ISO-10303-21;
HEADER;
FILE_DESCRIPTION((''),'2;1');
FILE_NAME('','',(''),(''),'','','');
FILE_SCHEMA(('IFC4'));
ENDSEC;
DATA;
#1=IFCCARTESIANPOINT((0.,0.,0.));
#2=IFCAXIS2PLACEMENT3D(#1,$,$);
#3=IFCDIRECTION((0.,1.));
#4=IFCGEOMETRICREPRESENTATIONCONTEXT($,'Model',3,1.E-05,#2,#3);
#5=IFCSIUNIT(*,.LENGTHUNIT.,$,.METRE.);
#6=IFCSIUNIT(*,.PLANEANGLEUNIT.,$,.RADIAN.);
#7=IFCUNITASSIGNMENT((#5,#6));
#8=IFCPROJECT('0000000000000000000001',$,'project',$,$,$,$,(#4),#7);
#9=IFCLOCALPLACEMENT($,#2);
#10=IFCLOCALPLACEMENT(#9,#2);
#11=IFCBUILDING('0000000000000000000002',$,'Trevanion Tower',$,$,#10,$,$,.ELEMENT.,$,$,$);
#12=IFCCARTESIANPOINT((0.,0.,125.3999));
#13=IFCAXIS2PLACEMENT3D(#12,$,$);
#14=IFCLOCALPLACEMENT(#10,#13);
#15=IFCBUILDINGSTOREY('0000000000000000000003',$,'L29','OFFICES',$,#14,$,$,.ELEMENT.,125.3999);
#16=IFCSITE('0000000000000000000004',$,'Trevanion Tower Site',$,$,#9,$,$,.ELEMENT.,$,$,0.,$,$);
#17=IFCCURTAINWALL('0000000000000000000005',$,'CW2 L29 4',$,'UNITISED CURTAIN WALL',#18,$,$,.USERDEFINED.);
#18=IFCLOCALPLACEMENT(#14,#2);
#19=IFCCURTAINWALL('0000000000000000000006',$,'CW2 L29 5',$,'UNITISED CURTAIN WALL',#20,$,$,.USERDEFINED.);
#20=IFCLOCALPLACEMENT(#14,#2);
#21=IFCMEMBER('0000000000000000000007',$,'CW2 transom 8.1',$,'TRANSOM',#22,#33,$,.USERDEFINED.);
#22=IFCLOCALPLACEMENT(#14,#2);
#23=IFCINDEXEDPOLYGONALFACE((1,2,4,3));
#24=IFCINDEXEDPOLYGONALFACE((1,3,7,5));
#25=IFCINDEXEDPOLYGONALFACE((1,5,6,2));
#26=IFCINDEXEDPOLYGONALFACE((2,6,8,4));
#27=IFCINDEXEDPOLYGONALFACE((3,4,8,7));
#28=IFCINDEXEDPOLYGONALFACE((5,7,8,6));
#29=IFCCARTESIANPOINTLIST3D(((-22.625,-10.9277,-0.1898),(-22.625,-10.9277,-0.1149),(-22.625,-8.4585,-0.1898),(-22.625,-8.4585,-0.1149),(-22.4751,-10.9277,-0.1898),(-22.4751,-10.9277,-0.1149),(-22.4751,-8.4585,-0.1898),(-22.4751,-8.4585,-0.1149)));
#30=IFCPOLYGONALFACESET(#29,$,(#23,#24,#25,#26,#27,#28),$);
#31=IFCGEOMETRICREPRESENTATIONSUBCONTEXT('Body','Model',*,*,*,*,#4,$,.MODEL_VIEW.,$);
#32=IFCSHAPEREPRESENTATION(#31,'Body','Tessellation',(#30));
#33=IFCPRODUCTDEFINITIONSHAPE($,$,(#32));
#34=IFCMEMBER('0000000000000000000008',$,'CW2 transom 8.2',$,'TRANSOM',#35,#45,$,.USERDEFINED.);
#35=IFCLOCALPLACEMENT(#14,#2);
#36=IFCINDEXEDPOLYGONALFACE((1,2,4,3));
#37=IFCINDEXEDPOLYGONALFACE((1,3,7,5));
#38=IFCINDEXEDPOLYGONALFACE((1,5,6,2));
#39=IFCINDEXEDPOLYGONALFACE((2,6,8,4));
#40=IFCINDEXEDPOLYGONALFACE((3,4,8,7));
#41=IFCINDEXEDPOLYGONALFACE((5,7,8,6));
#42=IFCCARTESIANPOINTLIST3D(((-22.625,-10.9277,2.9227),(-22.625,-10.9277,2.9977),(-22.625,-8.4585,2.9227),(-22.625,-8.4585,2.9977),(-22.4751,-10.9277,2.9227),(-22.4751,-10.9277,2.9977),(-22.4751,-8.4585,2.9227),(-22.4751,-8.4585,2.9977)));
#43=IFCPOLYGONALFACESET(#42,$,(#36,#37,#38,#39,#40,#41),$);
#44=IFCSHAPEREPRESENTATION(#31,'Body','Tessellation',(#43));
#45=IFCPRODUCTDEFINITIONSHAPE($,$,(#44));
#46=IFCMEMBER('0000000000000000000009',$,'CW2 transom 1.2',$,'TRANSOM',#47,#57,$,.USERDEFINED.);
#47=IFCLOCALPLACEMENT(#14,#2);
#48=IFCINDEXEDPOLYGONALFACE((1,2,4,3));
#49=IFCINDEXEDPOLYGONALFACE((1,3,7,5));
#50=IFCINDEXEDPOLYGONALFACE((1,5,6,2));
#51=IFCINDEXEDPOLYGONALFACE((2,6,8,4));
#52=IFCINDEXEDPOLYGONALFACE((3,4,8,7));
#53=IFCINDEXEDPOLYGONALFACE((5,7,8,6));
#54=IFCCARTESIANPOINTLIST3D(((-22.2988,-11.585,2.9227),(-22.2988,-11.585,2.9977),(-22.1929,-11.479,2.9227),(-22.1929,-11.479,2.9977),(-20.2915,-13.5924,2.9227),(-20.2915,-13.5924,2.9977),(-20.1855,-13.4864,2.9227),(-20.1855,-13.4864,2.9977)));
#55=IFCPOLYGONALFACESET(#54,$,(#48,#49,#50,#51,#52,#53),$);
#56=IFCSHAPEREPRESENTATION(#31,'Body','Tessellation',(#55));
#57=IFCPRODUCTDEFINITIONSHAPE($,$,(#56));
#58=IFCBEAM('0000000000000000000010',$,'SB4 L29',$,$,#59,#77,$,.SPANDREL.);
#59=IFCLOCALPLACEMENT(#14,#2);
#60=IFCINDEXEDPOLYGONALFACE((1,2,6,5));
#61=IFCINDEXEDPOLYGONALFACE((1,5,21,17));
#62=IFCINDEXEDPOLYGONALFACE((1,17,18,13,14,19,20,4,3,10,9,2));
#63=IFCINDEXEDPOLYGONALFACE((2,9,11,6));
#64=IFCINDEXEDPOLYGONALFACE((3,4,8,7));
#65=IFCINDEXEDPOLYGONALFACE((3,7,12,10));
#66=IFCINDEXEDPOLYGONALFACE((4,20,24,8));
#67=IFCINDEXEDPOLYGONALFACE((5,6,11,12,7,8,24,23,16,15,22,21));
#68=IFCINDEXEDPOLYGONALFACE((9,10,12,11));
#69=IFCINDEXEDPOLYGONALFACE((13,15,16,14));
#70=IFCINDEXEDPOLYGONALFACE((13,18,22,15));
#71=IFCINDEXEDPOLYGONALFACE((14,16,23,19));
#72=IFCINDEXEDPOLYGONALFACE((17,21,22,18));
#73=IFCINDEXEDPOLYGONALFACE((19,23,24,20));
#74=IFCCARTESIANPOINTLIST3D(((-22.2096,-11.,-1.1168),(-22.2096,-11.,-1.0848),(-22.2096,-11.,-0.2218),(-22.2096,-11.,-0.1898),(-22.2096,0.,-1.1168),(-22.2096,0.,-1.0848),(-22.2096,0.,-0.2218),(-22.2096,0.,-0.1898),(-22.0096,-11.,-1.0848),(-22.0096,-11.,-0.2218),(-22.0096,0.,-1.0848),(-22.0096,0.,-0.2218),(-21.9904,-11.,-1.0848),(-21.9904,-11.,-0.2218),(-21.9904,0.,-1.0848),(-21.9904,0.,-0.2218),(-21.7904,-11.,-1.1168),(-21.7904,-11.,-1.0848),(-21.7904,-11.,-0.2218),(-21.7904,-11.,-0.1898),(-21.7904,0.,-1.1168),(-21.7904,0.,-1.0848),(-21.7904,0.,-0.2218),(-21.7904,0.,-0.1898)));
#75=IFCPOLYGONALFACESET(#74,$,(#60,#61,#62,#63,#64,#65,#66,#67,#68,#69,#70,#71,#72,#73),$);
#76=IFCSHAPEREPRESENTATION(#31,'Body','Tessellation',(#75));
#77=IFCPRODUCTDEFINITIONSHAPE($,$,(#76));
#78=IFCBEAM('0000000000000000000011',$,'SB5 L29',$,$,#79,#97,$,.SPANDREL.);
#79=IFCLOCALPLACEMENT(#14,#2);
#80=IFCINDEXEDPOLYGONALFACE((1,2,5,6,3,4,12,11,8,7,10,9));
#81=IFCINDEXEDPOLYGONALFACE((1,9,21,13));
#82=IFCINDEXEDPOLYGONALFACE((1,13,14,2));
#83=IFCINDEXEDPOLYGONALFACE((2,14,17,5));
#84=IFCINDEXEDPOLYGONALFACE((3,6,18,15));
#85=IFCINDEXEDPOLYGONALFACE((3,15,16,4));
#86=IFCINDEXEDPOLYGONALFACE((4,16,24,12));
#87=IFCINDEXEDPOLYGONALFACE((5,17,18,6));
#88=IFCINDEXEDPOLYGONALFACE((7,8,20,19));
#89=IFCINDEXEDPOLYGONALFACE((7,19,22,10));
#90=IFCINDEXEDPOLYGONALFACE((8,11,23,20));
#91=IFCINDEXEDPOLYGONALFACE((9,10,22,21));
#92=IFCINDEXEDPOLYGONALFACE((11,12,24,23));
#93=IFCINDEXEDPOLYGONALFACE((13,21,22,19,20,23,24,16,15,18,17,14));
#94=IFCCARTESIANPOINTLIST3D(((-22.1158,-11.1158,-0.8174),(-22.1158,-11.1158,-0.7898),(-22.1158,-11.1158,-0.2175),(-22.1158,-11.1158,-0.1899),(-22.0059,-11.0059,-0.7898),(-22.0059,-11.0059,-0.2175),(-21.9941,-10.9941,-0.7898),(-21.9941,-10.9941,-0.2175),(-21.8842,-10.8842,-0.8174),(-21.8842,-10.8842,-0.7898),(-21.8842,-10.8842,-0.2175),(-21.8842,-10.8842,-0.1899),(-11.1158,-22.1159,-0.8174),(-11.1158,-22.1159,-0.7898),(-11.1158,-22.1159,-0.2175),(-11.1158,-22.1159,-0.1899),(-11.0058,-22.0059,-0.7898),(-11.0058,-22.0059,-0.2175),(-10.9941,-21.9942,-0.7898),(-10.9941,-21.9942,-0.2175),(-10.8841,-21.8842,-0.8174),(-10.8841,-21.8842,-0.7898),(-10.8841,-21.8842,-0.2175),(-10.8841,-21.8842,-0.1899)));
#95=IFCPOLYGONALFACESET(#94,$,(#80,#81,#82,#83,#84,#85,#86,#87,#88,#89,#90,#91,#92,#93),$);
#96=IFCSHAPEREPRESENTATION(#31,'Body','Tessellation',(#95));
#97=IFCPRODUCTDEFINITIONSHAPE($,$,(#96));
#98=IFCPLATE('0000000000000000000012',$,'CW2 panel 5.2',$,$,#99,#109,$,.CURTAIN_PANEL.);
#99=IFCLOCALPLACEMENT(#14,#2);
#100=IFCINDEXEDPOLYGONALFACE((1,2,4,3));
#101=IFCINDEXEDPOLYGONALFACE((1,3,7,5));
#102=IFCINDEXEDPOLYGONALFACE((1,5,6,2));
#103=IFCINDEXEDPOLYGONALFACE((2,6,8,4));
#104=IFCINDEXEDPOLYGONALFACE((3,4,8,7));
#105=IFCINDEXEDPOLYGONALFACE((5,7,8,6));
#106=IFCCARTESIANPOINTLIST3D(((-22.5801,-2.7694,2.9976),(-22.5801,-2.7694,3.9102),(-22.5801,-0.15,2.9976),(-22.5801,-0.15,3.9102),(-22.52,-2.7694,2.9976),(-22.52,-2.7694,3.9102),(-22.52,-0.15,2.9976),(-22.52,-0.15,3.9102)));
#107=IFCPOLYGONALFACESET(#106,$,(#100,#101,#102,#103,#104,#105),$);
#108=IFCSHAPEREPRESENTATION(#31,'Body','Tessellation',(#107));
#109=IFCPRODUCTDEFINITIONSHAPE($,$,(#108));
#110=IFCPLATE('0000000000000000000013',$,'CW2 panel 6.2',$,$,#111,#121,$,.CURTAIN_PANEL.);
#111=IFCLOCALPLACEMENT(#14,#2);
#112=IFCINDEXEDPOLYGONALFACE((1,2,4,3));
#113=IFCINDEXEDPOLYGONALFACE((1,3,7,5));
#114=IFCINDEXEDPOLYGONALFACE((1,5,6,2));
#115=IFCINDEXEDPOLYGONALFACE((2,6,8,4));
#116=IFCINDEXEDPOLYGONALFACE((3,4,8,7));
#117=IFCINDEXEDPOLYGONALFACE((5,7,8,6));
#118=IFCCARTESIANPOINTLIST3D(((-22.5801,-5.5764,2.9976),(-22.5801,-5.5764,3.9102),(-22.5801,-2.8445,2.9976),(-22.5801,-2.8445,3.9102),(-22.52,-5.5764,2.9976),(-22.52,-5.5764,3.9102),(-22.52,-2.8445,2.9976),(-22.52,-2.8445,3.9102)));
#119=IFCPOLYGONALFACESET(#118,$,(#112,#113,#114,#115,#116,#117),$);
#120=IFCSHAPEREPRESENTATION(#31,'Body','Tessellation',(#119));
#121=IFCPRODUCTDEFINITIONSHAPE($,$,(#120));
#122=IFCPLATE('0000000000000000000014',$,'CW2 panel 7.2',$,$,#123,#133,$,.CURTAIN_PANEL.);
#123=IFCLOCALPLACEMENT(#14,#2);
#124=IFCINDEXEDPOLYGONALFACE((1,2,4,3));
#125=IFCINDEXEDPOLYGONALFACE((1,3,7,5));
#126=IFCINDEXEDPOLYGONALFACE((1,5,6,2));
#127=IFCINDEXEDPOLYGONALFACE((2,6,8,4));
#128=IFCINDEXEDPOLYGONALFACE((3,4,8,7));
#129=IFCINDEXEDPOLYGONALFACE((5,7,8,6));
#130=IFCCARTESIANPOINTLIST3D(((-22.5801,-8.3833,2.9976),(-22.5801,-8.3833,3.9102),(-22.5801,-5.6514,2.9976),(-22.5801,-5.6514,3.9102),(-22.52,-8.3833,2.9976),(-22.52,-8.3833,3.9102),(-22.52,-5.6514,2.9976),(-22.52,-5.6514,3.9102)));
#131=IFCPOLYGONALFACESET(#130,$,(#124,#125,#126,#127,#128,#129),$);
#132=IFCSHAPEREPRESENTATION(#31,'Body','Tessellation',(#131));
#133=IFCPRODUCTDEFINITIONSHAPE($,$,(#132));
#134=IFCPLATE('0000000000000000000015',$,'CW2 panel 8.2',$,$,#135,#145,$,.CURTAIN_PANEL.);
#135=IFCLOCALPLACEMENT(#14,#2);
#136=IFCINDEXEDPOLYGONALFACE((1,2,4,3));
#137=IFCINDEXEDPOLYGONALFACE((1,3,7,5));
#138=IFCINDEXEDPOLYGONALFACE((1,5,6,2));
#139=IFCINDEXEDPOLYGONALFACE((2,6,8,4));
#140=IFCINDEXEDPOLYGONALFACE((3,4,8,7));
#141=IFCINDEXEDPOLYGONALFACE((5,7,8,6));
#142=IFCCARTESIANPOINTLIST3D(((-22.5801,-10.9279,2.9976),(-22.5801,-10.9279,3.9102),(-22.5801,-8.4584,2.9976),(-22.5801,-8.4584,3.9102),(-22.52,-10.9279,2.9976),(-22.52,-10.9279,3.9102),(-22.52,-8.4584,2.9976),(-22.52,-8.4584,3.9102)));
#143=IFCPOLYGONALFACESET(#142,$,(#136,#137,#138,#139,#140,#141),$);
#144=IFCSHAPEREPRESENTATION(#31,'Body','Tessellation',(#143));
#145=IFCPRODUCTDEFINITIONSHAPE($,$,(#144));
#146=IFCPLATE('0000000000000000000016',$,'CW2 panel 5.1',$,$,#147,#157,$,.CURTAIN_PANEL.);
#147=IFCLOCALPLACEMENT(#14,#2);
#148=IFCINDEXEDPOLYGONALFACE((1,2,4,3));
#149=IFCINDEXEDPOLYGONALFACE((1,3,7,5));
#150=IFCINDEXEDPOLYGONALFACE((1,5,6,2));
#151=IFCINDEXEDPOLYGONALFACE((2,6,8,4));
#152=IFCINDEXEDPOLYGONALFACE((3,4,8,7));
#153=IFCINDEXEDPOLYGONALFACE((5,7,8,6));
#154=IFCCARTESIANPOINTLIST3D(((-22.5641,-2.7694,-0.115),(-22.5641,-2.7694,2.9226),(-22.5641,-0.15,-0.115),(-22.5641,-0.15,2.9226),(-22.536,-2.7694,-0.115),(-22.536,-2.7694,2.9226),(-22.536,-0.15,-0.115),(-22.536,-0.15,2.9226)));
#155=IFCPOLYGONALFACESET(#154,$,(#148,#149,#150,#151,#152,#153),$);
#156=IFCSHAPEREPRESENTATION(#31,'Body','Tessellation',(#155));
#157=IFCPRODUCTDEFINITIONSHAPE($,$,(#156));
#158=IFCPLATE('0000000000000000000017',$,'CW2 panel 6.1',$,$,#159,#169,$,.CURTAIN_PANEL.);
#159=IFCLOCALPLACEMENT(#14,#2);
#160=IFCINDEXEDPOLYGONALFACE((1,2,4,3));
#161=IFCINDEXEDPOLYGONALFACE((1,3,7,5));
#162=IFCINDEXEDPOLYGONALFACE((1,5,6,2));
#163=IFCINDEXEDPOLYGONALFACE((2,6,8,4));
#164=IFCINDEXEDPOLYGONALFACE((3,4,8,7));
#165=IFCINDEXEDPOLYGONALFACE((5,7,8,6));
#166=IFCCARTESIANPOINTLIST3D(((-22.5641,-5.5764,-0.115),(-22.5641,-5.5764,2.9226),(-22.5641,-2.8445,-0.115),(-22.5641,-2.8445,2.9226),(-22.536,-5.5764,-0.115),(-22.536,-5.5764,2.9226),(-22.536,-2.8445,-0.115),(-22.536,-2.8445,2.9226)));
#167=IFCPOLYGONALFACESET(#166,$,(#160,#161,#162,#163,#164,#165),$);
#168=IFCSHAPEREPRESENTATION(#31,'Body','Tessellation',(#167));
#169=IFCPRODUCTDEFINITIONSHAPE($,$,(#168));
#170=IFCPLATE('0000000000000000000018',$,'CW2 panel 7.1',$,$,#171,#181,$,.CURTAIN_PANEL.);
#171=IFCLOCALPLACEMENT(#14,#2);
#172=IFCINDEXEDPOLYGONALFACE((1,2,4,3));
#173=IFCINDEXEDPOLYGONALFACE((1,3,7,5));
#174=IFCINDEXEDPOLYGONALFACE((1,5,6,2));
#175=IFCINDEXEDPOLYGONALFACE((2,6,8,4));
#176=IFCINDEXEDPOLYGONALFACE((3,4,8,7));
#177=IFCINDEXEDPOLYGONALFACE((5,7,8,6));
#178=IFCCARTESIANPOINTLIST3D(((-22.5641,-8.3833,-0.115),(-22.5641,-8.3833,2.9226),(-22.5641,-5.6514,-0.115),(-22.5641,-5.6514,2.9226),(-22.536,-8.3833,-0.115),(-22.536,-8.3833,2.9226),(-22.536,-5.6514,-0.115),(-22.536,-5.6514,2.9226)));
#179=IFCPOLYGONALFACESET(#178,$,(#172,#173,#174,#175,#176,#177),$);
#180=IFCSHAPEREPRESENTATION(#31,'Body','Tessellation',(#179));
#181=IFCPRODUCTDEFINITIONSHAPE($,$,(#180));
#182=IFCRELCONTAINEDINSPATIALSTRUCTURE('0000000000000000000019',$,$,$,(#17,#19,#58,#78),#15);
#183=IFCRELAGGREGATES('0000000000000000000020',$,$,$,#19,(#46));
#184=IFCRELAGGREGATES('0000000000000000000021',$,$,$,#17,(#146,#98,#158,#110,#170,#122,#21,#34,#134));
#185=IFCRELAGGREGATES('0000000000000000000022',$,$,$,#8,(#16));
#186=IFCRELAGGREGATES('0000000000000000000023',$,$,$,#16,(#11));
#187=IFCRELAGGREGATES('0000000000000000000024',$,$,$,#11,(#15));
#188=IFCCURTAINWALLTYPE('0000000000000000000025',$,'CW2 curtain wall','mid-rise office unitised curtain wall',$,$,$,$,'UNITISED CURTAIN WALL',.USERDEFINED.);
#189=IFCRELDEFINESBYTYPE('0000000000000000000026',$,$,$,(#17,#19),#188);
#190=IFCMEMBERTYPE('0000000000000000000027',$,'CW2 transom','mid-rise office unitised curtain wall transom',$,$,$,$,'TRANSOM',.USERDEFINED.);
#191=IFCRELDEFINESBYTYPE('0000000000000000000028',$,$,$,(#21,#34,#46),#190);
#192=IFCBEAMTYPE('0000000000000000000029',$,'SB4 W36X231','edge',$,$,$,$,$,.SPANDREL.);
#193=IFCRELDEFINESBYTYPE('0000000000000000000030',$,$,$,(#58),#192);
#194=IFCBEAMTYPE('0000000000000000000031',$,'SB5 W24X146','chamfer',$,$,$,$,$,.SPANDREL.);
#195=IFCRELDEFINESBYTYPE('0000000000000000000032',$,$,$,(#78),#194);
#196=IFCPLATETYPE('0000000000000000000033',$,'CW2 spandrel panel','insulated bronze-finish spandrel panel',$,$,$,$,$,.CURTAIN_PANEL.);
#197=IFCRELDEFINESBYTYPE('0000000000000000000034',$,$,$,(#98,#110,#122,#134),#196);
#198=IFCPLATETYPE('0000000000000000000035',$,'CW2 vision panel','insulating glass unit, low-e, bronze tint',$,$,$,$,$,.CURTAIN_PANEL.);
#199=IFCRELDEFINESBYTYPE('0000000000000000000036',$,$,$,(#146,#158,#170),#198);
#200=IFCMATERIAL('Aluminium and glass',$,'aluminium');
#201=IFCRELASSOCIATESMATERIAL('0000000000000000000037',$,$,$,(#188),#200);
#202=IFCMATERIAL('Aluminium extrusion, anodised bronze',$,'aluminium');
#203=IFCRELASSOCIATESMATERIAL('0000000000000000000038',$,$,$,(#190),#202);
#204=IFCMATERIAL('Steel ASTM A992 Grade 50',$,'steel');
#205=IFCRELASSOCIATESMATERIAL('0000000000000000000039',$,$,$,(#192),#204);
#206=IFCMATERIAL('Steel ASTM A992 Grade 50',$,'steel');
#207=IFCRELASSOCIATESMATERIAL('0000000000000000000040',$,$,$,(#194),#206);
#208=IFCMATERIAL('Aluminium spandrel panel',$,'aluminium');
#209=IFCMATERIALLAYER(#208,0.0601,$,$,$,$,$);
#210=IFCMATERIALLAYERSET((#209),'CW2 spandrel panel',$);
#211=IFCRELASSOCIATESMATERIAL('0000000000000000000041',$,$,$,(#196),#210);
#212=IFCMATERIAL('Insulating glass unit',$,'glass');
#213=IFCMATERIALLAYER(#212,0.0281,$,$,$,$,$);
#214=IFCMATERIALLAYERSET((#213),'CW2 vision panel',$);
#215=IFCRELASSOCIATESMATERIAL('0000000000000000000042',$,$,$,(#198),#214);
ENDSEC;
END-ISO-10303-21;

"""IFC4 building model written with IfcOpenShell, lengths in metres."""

from ifc_helpers import new_model, si_unit, direction, frame, origin, origin_2d, place, context, subcontext, project, spatial, rectangle, i_section, extrude, material, layer, layer_set, material_profile, profile_set, type_object, element, aggregate, save


model = new_model("IFC4")

# Units and contexts
model_context = context("Model", 3, precision=1e-05, world=origin(), true_north=direction((0.0, 1.0)))
body_context = subcontext(model_context, "Body", "Model", "MODEL_VIEW")
ifc_project = project(units=[si_unit("LENGTHUNIT", "METRE"), si_unit("PLANEANGLEUNIT", "RADIAN")], contexts=[model_context])

# Site, building, storey
site_placement = place(None, origin())
site = spatial("IfcSite", under=ifc_project, at=site_placement, Name="Trevanion Tower Site", CompositionType="ELEMENT", RefElevation=0.0)
building_placement = place(site_placement, origin())
building = spatial("IfcBuilding", under=site, at=building_placement, Name="Trevanion Tower", CompositionType="ELEMENT")
storey_placement = place(building_placement, frame((0.0, 0.0, 125.3999)))
storey = spatial("IfcBuildingStorey", under=building, at=storey_placement, Name="L29", Description="OFFICES", CompositionType="ELEMENT", Elevation=125.3999)

# Curtain wall
ifc_material_1 = material(Name="Aluminium and glass", Category="aluminium")
curtain_wall_type = type_object("IfcCurtainWallType", Name="CW2 curtain wall", Description="mid-rise office unitised curtain wall", ElementType="UNITISED CURTAIN WALL", PredefinedType="USERDEFINED", material=ifc_material_1)
curtain_wall_1_placement = place(storey_placement, origin())
curtain_wall_1 = element("IfcCurtainWall", 1, at=curtain_wall_1_placement, inside=storey, type_object=curtain_wall_type, Name="CW2 L29 4", ObjectType="UNITISED CURTAIN WALL", PredefinedType="USERDEFINED")

# Curtain wall
curtain_wall_2_placement = place(storey_placement, origin())
curtain_wall_2 = element("IfcCurtainWall", 2, at=curtain_wall_2_placement, inside=storey, type_object=curtain_wall_type, Name="CW2 L29 5", ObjectType="UNITISED CURTAIN WALL", PredefinedType="USERDEFINED")

# Members
ifc_material_2 = material(Name="Aluminium extrusion, anodised bronze", Category="aluminium")
ifc_material_profile_1 = material_profile(ifc_material_2, rectangle(XDim=0.1499, YDim=0.075, at=origin_2d()), Name="CW2 transom")
ifc_profile_set_1 = profile_set([ifc_material_profile_1], Name="Aluminium extrusion, anodised bronze")
member_type_1 = type_object("IfcMemberType", Name="CW2 transom", Description="mid-rise office unitised curtain wall transom", ElementType="TRANSOM", PredefinedType="USERDEFINED", material=ifc_profile_set_1)
member_1_placement = place(storey_placement, frame((-22.55, -8.4585, -0.1523), z_axis=(0.0, -1.0, 0.0), x_axis=(1.0, 0.0, 0.0)))
member_1 = element("IfcMember", 3, at=member_1_placement, type_object=member_type_1, Name="CW2 transom 8.1", ObjectType="TRANSOM", PredefinedType="USERDEFINED", context=body_context, shape_type="SweptSolid", body=[
    extrude(rectangle(XDim=0.1499, YDim=0.075, at=origin_2d()), origin(), (0.0, 0.0, 1.0), 2.4692),
])
member_2_placement = place(storey_placement, frame((-22.55, -8.4585, 2.9602), z_axis=(0.0, -1.0, 0.0), x_axis=(1.0, 0.0, 0.0)))
member_2 = element("IfcMember", 4, at=member_2_placement, type_object=member_type_1, Name="CW2 transom 8.2", ObjectType="TRANSOM", PredefinedType="USERDEFINED", context=body_context, shape_type="SweptSolid", body=[
    extrude(rectangle(XDim=0.1499, YDim=0.075, at=origin_2d()), origin(), (0.0, 0.0, 1.0), 2.4692),
])
member_3_placement = place(storey_placement, frame((-22.2458, -11.532, 2.9602), z_axis=(0.707107, -0.707107, 0.0), x_axis=(0.707107, 0.707107, 0.0)))
member_3 = element("IfcMember", 5, at=member_3_placement, type_object=member_type_1, Name="CW2 transom 1.2", ObjectType="TRANSOM", PredefinedType="USERDEFINED", context=body_context, shape_type="SweptSolid", body=[
    extrude(rectangle(XDim=0.1499, YDim=0.075, at=origin_2d()), origin(), (0.0, 0.0, 1.0), 2.8389),
])
aggregate(curtain_wall_2, [member_3])

# Beams
ifc_material_3 = material(Name="Steel ASTM A992 Grade 50", Category="steel")
ifc_material_profile_2 = material_profile(ifc_material_3, i_section(OverallWidth=0.4192, OverallDepth=0.927, WebThickness=0.0193, FlangeThickness=0.032, at=origin_2d()), Name="W36X231")
ifc_profile_set_2 = profile_set([ifc_material_profile_2], Name="Steel ASTM A992 Grade 50")
beam_type_1 = type_object("IfcBeamType", Name="SB4 W36X231", Description="edge", PredefinedType="SPANDREL", material=ifc_profile_set_2)
beam_1_placement = place(storey_placement, frame((-22.0, 0.0, -0.6533), z_axis=(0.0, -1.0, 0.0), x_axis=(1.0, 0.0, 0.0)))
element("IfcBeam", 6, at=beam_1_placement, inside=storey, type_object=beam_type_1, Name="SB4 L29", PredefinedType="SPANDREL", context=body_context, shape_type="SweptSolid", body=[
    extrude(i_section(OverallWidth=0.4192, OverallDepth=0.927, WebThickness=0.0193, FlangeThickness=0.032, at=origin_2d()), origin(), (0.0, 0.0, 1.0), 11.0),
])
ifc_material_4 = material(Name="Steel ASTM A992 Grade 50", Category="steel")
ifc_material_profile_3 = material_profile(ifc_material_4, i_section(OverallWidth=0.3276, OverallDepth=0.6274, WebThickness=0.0166, FlangeThickness=0.0276, at=origin_2d()), Name="W24X146")
ifc_profile_set_3 = profile_set([ifc_material_profile_3], Name="Steel ASTM A992 Grade 50")
beam_type_2 = type_object("IfcBeamType", Name="SB5 W24X146", Description="chamfer", PredefinedType="SPANDREL", material=ifc_profile_set_3)
beam_2_placement = place(storey_placement, frame((-22.0, -11.0, -0.5037), z_axis=(0.707107, -0.707107, 0.0), x_axis=(0.707107, 0.707107, 0.0)))
element("IfcBeam", 7, at=beam_2_placement, inside=storey, type_object=beam_type_2, Name="SB5 L29", PredefinedType="SPANDREL", context=body_context, shape_type="SweptSolid", body=[
    extrude(i_section(OverallWidth=0.3276, OverallDepth=0.6274, WebThickness=0.0166, FlangeThickness=0.0276, at=origin_2d()), origin(), (0.0, 0.0, 1.0), 15.5564),
])

# Plates
ifc_material_5 = material(Name="Aluminium spandrel panel", Category="aluminium")
ifc_layer_1 = layer(ifc_material_5, 0.0601)
ifc_layer_set_1 = layer_set([ifc_layer_1], Name="CW2 spandrel panel")
plate_type_1 = type_object("IfcPlateType", Name="CW2 spandrel panel", Description="insulated bronze-finish spandrel panel", PredefinedType="CURTAIN_PANEL", material=ifc_layer_set_1)
plate_1_placement = place(storey_placement, frame((-22.55, -1.4597, 2.9976), z_axis=(0.0, 0.0, 1.0), x_axis=(0.0, -1.0, 0.0)))
plate_1 = element("IfcPlate", 8, at=plate_1_placement, type_object=plate_type_1, Name="CW2 panel 5.2", PredefinedType="CURTAIN_PANEL", context=body_context, shape_type="SweptSolid", body=[
    extrude(rectangle(XDim=2.6194, YDim=0.0601, at=origin_2d()), origin(), (0.0, 0.0, 1.0), 0.9126),
])
plate_2_placement = place(storey_placement, frame((-22.55, -4.2104, 2.9976), z_axis=(0.0, 0.0, 1.0), x_axis=(0.0, -1.0, 0.0)))
plate_2 = element("IfcPlate", 9, at=plate_2_placement, type_object=plate_type_1, Name="CW2 panel 6.2", PredefinedType="CURTAIN_PANEL", context=body_context, shape_type="SweptSolid", body=[
    extrude(rectangle(XDim=2.7319, YDim=0.0601, at=origin_2d()), origin(), (0.0, 0.0, 1.0), 0.9126),
])
plate_3_placement = place(storey_placement, frame((-22.55, -7.0173, 2.9976), z_axis=(0.0, 0.0, 1.0), x_axis=(0.0, -1.0, 0.0)))
plate_3 = element("IfcPlate", 10, at=plate_3_placement, type_object=plate_type_1, Name="CW2 panel 7.2", PredefinedType="CURTAIN_PANEL", context=body_context, shape_type="SweptSolid", body=[
    extrude(rectangle(XDim=2.7319, YDim=0.0601, at=origin_2d()), origin(), (0.0, 0.0, 1.0), 0.9126),
])
plate_4_placement = place(storey_placement, frame((-22.55, -9.6931, 2.9976), z_axis=(0.0, 0.0, 1.0), x_axis=(0.0, -1.0, 0.0)))
plate_4 = element("IfcPlate", 11, at=plate_4_placement, type_object=plate_type_1, Name="CW2 panel 8.2", PredefinedType="CURTAIN_PANEL", context=body_context, shape_type="SweptSolid", body=[
    extrude(rectangle(XDim=2.4695, YDim=0.0601, at=origin_2d()), origin(), (0.0, 0.0, 1.0), 0.9126),
])
ifc_material_6 = material(Name="Insulating glass unit", Category="glass")
ifc_layer_2 = layer(ifc_material_6, 0.0281)
ifc_layer_set_2 = layer_set([ifc_layer_2], Name="CW2 vision panel")
plate_type_2 = type_object("IfcPlateType", Name="CW2 vision panel", Description="insulating glass unit, low-e, bronze tint", PredefinedType="CURTAIN_PANEL", material=ifc_layer_set_2)
plate_5_placement = place(storey_placement, frame((-22.55, -1.4597, -0.115), z_axis=(0.0, 0.0, 1.0), x_axis=(0.0, -1.0, 0.0)))
plate_5 = element("IfcPlate", 12, at=plate_5_placement, type_object=plate_type_2, Name="CW2 panel 5.1", PredefinedType="CURTAIN_PANEL", context=body_context, shape_type="SweptSolid", body=[
    extrude(rectangle(XDim=2.6194, YDim=0.0281, at=origin_2d()), origin(), (0.0, 0.0, 1.0), 3.0376),
])
plate_6_placement = place(storey_placement, frame((-22.55, -4.2104, -0.115), z_axis=(0.0, 0.0, 1.0), x_axis=(0.0, -1.0, 0.0)))
plate_6 = element("IfcPlate", 13, at=plate_6_placement, type_object=plate_type_2, Name="CW2 panel 6.1", PredefinedType="CURTAIN_PANEL", context=body_context, shape_type="SweptSolid", body=[
    extrude(rectangle(XDim=2.7319, YDim=0.0281, at=origin_2d()), origin(), (0.0, 0.0, 1.0), 3.0376),
])
plate_7_placement = place(storey_placement, frame((-22.55, -7.0173, -0.115), z_axis=(0.0, 0.0, 1.0), x_axis=(0.0, -1.0, 0.0)))
plate_7 = element("IfcPlate", 14, at=plate_7_placement, type_object=plate_type_2, Name="CW2 panel 7.1", PredefinedType="CURTAIN_PANEL", context=body_context, shape_type="SweptSolid", body=[
    extrude(rectangle(XDim=2.7319, YDim=0.0281, at=origin_2d()), origin(), (0.0, 0.0, 1.0), 3.0376),
])
aggregate(curtain_wall_1, [plate_5, plate_1, plate_6, plate_2, plate_7, plate_3, member_1, member_2, plate_4])

save(model, "model.ifc")
